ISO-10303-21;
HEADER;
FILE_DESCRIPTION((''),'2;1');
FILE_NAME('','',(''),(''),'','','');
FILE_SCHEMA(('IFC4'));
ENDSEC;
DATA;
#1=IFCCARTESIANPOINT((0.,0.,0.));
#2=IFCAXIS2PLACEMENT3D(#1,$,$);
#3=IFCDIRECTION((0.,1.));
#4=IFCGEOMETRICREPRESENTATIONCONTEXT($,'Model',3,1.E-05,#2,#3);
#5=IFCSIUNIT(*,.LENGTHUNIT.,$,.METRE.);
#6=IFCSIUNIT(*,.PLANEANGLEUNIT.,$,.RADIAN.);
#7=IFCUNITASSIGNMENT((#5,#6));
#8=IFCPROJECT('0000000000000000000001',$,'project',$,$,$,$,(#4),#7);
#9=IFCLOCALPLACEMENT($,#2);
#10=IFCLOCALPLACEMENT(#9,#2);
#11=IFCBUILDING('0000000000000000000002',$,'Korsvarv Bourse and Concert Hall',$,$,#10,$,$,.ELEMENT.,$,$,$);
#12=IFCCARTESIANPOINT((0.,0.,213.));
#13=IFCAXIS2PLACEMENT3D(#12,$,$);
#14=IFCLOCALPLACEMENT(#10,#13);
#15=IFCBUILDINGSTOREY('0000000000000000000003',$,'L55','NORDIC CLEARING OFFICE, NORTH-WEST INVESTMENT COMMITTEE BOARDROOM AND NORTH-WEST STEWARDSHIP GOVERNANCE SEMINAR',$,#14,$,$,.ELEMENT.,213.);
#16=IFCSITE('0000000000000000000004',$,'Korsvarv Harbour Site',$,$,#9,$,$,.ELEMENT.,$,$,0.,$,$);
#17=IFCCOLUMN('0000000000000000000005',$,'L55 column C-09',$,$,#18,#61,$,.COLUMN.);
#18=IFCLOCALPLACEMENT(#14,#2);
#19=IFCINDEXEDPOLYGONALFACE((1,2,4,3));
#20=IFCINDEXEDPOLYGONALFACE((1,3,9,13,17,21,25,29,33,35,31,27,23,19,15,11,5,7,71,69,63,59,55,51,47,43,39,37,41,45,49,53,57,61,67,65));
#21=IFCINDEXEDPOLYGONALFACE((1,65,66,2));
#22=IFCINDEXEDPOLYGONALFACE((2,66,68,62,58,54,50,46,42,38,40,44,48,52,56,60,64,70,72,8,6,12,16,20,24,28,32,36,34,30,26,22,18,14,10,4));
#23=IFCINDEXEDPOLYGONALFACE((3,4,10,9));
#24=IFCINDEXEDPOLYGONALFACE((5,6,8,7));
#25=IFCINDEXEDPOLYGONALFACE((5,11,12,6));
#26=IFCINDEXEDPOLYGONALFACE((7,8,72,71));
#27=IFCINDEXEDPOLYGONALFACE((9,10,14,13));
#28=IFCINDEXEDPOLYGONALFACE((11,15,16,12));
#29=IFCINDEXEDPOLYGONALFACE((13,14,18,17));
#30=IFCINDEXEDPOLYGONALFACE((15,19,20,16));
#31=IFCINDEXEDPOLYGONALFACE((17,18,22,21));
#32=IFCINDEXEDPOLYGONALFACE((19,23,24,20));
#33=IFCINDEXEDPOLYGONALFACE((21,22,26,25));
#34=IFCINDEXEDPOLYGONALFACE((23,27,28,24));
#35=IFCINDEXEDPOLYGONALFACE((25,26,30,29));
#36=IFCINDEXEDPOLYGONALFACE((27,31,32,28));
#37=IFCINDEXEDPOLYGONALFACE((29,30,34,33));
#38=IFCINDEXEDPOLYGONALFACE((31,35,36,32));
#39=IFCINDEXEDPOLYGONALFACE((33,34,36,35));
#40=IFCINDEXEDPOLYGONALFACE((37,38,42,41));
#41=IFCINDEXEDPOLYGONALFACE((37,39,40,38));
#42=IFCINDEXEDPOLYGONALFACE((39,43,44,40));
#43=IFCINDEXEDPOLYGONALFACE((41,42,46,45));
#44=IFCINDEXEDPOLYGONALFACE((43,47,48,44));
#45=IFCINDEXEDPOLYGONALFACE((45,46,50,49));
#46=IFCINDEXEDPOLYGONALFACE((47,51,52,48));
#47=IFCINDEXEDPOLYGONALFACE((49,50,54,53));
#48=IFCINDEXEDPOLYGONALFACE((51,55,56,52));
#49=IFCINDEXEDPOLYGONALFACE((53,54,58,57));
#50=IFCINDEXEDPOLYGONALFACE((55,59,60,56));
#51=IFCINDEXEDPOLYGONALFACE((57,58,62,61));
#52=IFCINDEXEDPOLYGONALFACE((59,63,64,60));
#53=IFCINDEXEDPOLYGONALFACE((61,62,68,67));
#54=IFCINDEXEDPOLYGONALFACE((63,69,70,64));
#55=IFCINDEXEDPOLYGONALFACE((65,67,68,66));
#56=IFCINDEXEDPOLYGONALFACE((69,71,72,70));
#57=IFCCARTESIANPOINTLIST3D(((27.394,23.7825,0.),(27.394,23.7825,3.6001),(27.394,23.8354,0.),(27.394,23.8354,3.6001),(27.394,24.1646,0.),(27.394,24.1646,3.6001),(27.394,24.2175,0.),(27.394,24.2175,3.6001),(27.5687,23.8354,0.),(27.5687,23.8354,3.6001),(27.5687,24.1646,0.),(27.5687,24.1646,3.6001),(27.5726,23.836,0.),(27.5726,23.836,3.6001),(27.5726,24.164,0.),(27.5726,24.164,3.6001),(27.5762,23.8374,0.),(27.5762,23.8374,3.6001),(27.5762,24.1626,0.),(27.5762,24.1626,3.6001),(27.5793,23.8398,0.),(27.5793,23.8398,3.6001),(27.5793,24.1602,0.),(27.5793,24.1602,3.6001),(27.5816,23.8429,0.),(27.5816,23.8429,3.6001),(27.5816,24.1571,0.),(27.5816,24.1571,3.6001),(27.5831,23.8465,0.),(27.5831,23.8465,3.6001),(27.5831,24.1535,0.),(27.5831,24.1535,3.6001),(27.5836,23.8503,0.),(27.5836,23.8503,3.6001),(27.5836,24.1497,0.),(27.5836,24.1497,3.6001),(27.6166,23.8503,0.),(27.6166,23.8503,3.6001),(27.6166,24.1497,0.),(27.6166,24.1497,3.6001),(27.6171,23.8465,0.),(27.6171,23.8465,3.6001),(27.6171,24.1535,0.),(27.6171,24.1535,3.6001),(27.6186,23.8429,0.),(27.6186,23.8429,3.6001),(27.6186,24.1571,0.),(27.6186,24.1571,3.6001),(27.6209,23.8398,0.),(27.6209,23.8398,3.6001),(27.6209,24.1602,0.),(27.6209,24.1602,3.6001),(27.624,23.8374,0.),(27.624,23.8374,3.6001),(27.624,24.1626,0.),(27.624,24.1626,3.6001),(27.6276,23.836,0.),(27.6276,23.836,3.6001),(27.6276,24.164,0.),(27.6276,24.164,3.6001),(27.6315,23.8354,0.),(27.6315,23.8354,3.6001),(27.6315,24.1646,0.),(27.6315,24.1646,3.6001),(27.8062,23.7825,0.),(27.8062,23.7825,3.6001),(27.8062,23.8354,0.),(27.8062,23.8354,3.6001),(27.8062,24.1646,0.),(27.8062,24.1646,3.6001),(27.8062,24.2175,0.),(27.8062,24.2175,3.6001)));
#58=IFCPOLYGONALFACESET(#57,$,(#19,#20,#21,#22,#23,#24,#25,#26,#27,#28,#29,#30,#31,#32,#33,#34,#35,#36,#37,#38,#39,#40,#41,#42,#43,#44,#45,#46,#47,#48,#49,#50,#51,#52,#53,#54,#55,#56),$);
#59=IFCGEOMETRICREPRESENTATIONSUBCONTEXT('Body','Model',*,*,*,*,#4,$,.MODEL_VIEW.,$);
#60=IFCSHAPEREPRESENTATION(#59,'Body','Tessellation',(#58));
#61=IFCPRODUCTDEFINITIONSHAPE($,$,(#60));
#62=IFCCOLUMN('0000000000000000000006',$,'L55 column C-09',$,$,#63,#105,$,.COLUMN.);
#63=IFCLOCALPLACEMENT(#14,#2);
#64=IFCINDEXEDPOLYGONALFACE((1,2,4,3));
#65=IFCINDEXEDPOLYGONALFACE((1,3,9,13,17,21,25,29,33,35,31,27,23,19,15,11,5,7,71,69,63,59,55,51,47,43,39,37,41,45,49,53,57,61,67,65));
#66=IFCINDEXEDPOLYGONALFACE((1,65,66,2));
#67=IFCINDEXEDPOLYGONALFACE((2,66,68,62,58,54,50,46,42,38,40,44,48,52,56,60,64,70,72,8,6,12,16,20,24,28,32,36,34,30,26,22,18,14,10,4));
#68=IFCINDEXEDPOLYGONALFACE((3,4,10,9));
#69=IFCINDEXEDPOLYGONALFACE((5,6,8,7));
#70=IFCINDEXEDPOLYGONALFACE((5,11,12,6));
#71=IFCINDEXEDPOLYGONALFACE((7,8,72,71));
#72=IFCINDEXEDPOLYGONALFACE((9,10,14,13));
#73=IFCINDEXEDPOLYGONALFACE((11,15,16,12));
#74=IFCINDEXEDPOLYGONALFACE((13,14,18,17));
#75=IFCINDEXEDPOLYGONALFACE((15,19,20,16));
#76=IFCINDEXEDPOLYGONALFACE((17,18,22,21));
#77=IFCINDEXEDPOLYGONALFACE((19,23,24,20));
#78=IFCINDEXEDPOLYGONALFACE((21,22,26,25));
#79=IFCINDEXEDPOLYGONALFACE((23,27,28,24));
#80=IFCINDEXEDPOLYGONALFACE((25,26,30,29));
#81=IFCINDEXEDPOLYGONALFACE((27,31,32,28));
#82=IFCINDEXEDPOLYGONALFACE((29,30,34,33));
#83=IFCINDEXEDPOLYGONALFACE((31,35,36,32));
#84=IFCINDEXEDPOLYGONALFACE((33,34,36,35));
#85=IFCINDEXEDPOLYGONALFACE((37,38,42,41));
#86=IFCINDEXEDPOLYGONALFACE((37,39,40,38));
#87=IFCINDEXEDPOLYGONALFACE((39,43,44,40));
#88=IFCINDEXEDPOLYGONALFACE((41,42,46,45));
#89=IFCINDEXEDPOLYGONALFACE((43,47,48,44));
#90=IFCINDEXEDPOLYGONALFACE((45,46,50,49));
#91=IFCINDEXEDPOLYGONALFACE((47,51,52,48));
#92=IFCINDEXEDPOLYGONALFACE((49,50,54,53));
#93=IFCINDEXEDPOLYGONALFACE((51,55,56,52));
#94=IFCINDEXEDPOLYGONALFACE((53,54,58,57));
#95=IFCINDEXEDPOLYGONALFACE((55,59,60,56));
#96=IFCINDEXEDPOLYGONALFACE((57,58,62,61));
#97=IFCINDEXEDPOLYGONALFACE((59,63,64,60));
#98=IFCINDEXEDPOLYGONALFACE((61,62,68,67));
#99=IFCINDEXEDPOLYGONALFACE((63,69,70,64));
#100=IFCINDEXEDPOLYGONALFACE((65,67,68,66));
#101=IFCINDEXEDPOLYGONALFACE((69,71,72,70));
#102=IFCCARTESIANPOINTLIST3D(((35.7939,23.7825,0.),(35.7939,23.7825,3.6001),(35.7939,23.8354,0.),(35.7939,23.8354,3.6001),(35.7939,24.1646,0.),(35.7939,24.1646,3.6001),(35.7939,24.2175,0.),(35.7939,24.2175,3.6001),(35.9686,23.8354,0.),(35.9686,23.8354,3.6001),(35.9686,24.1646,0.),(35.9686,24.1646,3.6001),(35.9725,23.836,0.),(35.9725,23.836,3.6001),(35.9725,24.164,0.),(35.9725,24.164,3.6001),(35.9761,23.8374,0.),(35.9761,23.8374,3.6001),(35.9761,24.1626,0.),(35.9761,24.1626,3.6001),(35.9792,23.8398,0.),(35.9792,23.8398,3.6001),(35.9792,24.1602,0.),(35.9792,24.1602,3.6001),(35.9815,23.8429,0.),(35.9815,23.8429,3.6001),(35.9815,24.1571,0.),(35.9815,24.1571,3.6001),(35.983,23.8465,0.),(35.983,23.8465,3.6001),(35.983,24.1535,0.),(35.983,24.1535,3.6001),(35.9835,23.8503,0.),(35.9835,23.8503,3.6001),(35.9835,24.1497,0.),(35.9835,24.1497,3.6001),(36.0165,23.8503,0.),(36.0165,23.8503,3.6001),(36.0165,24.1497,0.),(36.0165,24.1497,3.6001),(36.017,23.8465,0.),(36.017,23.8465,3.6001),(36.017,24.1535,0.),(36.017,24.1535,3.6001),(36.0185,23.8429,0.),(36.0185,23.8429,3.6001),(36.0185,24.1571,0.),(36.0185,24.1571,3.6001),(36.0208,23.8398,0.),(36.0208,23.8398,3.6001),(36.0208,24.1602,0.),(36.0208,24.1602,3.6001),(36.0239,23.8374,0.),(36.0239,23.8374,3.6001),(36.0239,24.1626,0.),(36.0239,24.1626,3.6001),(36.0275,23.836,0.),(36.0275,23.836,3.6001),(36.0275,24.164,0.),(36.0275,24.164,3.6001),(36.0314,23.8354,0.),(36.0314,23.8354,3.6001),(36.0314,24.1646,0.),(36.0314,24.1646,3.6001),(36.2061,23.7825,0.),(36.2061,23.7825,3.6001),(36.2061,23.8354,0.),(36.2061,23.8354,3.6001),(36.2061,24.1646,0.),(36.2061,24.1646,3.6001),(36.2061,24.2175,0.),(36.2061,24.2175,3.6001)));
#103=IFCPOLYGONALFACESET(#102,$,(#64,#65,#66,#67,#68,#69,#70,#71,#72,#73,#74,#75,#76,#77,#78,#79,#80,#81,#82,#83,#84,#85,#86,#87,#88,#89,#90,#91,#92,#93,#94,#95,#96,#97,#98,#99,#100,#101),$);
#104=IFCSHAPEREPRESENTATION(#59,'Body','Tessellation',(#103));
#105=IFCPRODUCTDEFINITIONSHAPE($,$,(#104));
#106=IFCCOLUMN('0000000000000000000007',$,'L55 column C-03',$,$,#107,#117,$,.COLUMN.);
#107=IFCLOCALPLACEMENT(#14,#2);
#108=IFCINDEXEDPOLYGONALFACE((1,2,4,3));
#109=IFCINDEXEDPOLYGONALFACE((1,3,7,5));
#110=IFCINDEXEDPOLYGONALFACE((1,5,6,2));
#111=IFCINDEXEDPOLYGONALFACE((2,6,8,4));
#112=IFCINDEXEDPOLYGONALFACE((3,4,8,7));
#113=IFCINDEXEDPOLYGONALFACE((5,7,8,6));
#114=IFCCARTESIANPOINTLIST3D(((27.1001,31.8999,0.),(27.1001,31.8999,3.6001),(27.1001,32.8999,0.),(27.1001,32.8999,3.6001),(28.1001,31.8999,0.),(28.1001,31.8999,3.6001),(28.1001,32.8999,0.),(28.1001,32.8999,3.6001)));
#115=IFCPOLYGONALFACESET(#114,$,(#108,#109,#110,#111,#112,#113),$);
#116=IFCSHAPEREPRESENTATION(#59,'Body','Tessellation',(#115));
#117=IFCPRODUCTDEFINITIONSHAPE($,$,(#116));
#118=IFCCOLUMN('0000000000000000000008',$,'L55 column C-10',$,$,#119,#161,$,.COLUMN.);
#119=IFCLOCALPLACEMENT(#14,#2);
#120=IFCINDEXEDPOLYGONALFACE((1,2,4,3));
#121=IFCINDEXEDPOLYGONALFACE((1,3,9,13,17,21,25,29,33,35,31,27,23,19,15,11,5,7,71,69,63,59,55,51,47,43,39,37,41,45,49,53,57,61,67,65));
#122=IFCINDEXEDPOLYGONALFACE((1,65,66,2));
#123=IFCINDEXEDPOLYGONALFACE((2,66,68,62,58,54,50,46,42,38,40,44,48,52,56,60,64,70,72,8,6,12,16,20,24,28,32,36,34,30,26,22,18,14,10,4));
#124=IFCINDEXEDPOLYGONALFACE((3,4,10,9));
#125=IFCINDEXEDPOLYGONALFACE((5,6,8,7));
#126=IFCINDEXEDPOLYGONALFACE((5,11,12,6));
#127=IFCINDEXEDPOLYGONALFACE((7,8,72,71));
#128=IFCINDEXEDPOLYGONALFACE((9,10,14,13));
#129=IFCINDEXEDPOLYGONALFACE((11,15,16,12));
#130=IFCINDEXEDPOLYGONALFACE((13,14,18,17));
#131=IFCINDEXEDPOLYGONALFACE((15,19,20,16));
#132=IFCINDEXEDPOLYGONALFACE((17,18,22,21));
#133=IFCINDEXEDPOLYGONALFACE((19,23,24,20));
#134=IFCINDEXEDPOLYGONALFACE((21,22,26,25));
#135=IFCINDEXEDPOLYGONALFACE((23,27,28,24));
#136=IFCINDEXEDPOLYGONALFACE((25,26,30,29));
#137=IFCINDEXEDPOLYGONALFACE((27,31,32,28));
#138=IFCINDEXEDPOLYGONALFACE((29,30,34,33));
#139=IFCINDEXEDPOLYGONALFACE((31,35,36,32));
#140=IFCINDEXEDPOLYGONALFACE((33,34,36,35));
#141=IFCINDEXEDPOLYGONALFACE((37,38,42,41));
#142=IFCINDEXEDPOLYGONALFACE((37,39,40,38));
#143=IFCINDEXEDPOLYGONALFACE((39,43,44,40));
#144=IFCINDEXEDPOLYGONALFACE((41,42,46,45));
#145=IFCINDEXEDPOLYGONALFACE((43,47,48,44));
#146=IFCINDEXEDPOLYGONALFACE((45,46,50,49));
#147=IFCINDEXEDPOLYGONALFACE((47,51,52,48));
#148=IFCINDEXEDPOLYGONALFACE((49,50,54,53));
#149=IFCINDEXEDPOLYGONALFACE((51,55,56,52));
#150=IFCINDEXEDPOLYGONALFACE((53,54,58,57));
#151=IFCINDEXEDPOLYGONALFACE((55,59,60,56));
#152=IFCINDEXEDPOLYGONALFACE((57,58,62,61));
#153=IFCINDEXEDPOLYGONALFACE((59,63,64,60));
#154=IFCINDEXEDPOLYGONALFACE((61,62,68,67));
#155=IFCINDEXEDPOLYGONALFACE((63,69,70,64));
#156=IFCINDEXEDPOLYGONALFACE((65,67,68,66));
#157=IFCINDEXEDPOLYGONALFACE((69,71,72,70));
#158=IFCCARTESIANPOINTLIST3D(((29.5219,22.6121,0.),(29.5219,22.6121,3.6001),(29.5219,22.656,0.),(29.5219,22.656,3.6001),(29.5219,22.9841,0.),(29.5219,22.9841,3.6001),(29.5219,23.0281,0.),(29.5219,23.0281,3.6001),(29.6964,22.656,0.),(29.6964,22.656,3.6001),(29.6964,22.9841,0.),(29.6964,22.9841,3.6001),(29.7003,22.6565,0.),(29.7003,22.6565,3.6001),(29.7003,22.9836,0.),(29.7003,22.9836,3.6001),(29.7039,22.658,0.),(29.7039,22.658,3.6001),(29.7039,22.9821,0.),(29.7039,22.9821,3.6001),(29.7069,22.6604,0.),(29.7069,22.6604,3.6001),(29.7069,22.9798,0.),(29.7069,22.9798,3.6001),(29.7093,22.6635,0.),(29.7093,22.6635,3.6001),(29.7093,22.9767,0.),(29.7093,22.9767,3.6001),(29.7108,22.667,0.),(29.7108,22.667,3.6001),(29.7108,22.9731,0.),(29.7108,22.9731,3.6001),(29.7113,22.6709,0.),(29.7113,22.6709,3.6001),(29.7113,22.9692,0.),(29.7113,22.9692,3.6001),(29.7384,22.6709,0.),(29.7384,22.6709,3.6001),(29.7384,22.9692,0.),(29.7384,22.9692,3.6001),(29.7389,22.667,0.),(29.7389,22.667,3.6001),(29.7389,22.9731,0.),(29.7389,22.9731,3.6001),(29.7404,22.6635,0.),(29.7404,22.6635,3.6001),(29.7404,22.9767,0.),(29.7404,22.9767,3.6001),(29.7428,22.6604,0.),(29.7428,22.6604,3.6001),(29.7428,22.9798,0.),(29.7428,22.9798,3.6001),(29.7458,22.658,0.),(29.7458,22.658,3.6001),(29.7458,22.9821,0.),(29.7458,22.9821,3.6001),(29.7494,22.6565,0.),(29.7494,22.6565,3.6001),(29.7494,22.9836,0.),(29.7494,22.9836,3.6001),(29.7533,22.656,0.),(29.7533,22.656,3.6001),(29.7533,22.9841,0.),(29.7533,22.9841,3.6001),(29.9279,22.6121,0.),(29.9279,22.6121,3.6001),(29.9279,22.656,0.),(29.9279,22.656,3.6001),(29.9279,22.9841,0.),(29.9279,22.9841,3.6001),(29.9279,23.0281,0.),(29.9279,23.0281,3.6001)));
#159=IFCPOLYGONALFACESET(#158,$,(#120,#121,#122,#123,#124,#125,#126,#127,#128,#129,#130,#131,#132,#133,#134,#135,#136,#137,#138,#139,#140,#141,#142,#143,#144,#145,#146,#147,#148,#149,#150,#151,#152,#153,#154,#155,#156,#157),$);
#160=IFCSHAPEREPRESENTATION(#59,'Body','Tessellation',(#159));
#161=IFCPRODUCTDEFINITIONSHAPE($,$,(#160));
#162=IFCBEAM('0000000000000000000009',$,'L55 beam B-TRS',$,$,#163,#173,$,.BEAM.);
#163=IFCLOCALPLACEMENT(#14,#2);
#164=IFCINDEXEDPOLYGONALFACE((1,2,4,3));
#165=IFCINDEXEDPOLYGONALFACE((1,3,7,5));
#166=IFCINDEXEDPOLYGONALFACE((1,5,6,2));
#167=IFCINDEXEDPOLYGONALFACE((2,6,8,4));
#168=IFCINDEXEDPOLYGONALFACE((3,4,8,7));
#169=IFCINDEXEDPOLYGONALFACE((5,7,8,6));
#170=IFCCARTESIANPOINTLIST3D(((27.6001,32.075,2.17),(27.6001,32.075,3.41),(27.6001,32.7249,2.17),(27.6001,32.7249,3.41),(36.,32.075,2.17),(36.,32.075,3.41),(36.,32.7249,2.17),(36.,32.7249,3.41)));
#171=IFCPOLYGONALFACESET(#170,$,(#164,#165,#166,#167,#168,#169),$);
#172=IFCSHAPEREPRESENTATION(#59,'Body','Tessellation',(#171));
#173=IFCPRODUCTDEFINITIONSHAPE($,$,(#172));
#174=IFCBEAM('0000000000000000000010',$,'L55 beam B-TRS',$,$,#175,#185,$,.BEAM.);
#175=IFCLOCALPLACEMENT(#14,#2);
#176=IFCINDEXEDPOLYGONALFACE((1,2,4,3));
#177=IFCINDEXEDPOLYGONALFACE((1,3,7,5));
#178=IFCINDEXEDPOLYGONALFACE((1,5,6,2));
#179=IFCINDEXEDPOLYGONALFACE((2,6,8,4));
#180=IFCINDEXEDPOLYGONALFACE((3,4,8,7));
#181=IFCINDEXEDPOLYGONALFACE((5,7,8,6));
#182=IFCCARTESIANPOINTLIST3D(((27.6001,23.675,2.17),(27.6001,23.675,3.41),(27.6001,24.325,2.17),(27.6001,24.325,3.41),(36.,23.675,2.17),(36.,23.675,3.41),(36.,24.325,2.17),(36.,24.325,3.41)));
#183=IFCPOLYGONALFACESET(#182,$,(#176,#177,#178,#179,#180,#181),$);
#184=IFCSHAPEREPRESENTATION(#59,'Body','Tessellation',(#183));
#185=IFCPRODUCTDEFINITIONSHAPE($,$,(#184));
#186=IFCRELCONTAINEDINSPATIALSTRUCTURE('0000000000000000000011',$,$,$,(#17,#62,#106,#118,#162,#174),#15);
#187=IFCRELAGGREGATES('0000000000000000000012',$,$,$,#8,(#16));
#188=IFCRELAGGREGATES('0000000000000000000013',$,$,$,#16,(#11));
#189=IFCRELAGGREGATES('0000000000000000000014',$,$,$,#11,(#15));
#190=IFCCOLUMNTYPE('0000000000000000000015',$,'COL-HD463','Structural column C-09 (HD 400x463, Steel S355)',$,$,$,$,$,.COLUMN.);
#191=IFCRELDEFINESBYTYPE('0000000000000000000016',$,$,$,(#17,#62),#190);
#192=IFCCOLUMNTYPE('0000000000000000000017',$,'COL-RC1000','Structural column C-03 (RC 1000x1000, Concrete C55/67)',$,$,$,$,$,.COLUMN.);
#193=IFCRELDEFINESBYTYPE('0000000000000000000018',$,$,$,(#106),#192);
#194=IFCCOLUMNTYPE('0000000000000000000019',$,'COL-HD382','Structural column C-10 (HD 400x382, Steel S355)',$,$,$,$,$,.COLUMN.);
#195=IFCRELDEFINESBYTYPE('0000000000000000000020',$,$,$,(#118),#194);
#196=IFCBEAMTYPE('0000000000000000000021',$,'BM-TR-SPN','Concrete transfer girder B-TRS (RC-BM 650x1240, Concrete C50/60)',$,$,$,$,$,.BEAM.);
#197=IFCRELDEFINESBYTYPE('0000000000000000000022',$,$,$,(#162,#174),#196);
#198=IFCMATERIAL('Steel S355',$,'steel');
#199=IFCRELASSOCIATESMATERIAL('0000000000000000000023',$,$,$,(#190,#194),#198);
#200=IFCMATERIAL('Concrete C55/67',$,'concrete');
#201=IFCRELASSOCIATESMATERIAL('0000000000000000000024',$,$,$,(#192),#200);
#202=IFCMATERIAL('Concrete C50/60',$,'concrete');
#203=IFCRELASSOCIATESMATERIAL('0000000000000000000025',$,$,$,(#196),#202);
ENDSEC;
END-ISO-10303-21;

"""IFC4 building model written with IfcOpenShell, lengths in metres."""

from ifc_helpers import new_model, si_unit, direction, frame, origin, origin_2d, place, context, subcontext, project, spatial, rectangle, i_section, extrude, source, transform, mapped, material, material_profile, profile_set, type_object, element, save


model = new_model("IFC4")

# Units and contexts
model_context = context("Model", 3, precision=1e-05, world=origin(), true_north=direction((0.0, 1.0)))
body_context = subcontext(model_context, "Body", "Model", "MODEL_VIEW")
ifc_project = project(units=[si_unit("LENGTHUNIT", "METRE"), si_unit("PLANEANGLEUNIT", "RADIAN")], contexts=[model_context])

# Site, building, storey
site_placement = place(None, origin())
site = spatial("IfcSite", under=ifc_project, at=site_placement, Name="Korsvarv Harbour Site", CompositionType="ELEMENT", RefElevation=0.0)
building_placement = place(site_placement, origin())
building = spatial("IfcBuilding", under=site, at=building_placement, Name="Korsvarv Bourse and Concert Hall", CompositionType="ELEMENT")
storey_placement = place(building_placement, frame((0.0, 0.0, 213.0)))
storey = spatial("IfcBuildingStorey", under=building, at=storey_placement, Name="L55", Description="NORDIC CLEARING OFFICE, NORTH-WEST INVESTMENT COMMITTEE BOARDROOM AND NORTH-WEST STEWARDSHIP GOVERNANCE SEMINAR", CompositionType="ELEMENT", Elevation=213.0)

# Columns
ifc_material_1 = material(Name="Steel S355", Category="steel")
ifc_material_profile_1 = material_profile(ifc_material_1, i_section(OverallWidth=0.4121, OverallDepth=0.4351, WebThickness=0.033, FlangeThickness=0.053, FilletRadius=0.0149, at=origin_2d()), Name="HD 400x463")
ifc_profile_set_1 = profile_set([ifc_material_profile_1], Name="Steel S355")
column_type_1 = type_object("IfcColumnType", Name="COL-HD463", Description="Structural column C-09 (HD 400x463, Steel S355)", PredefinedType="COLUMN", material=ifc_profile_set_1)
shared_shape_1 = source(origin(), body_context, "Body", "SweptSolid", [
    extrude(i_section(OverallWidth=0.4121, OverallDepth=0.4351, WebThickness=0.033, FlangeThickness=0.053, FilletRadius=0.0149, at=origin_2d()), origin(), (0.0, 0.0, 1.0), 3.6001),
])
for number, where, z_axis, x_axis, name in (
    (1, (27.6001, 24.0, 0.0), (0.0, 0.0, 1.0), (1.0, 0.0, 0.0), "L55 column C-09"),
    (2, (36.0, 24.0, 0.0), (0.0, 0.0, 1.0), (1.0, 0.0, 0.0), "L55 column C-09"),
):
    element("IfcColumn", number, at=place(storey_placement, frame(where, z_axis=z_axis, x_axis=x_axis)), inside=storey, type_object=column_type_1, Name=name, PredefinedType="COLUMN", context=body_context, shape_type="MappedRepresentation", body=[
        mapped(shared_shape_1, transform((0.0, 0.0, 0.0), scale=1.0)),
    ])
ifc_material_2 = material(Name="Concrete C55/67", Category="concrete")
ifc_material_profile_2 = material_profile(ifc_material_2, rectangle(XDim=1.0, YDim=1.0, at=origin_2d()), Name="RC 1000x1000")
ifc_profile_set_2 = profile_set([ifc_material_profile_2], Name="Concrete C55/67")
column_type_2 = type_object("IfcColumnType", Name="COL-RC1000", Description="Structural column C-03 (RC 1000x1000, Concrete C55/67)", PredefinedType="COLUMN", material=ifc_profile_set_2)
shared_shape_2 = source(origin(), body_context, "Body", "SweptSolid", [
    extrude(rectangle(XDim=1.0, YDim=1.0, at=origin_2d()), origin(), (0.0, 0.0, 1.0), 3.6001),
])
column_1_placement = place(storey_placement, frame((27.6001, 32.3999, 0.0), z_axis=(0.0, 0.0, 1.0), x_axis=(1.0, 0.0, 0.0)))
element("IfcColumn", 3, at=column_1_placement, inside=storey, type_object=column_type_2, Name="L55 column C-03", PredefinedType="COLUMN", context=body_context, shape_type="MappedRepresentation", body=[
    mapped(shared_shape_2, transform((0.0, 0.0, 0.0), scale=1.0)),
])
ifc_material_profile_3 = material_profile(ifc_material_1, i_section(OverallWidth=0.406, OverallDepth=0.416, WebThickness=0.0271, FlangeThickness=0.0439, FilletRadius=0.0149, at=origin_2d()), Name="HD 400x382")
ifc_profile_set_3 = profile_set([ifc_material_profile_3], Name="Steel S355")
column_type_3 = type_object("IfcColumnType", Name="COL-HD382", Description="Structural column C-10 (HD 400x382, Steel S355)", PredefinedType="COLUMN", material=ifc_profile_set_3)
shared_shape_3 = source(origin(), body_context, "Body", "SweptSolid", [
    extrude(i_section(OverallWidth=0.406, OverallDepth=0.416, WebThickness=0.0271, FlangeThickness=0.0439, FilletRadius=0.0149, at=origin_2d()), origin(), (0.0, 0.0, 1.0), 3.6001),
])
column_2_placement = place(storey_placement, frame((29.7249, 22.8201, 0.0), z_axis=(0.0, 0.0, 1.0), x_axis=(1.0, 0.0, 0.0)))
element("IfcColumn", 4, at=column_2_placement, inside=storey, type_object=column_type_3, Name="L55 column C-10", PredefinedType="COLUMN", context=body_context, shape_type="MappedRepresentation", body=[
    mapped(shared_shape_3, transform((0.0, 0.0, 0.0), scale=1.0)),
])

# Beams
ifc_material_3 = material(Name="Concrete C50/60", Category="concrete")
ifc_material_profile_4 = material_profile(ifc_material_3, rectangle(XDim=0.6499, YDim=1.24, at=origin_2d()), Name="RC-BM 650x1240")
ifc_profile_set_4 = profile_set([ifc_material_profile_4], Name="Concrete C50/60")
beam_type_1 = type_object("IfcBeamType", Name="BM-TR-SPN", Description="Concrete transfer girder B-TRS (RC-BM 650x1240, Concrete C50/60)", PredefinedType="BEAM", material=ifc_profile_set_4)
shared_shape_4 = source(origin(), body_context, "Body", "SweptSolid", [
    extrude(rectangle(XDim=0.6499, YDim=1.24, at=origin_2d()), origin(), (0.0, 0.0, 1.0), 8.3999),
])
for number, where, z_axis, x_axis, name in (
    (5, (27.6001, 32.3999, 2.79), (1.0, 0.0, 0.0), (0.0, 1.0, 0.0), "L55 beam B-TRS"),
    (6, (27.6001, 24.0, 2.79), (1.0, 0.0, 0.0), (0.0, 1.0, 0.0), "L55 beam B-TRS"),
):
    element("IfcBeam", number, at=place(storey_placement, frame(where, z_axis=z_axis, x_axis=x_axis)), inside=storey, type_object=beam_type_1, Name=name, PredefinedType="BEAM", context=body_context, shape_type="MappedRepresentation", body=[
        mapped(shared_shape_4, transform((0.0, 0.0, 0.0), scale=1.0)),
    ])

save(model, "model.ifc")
